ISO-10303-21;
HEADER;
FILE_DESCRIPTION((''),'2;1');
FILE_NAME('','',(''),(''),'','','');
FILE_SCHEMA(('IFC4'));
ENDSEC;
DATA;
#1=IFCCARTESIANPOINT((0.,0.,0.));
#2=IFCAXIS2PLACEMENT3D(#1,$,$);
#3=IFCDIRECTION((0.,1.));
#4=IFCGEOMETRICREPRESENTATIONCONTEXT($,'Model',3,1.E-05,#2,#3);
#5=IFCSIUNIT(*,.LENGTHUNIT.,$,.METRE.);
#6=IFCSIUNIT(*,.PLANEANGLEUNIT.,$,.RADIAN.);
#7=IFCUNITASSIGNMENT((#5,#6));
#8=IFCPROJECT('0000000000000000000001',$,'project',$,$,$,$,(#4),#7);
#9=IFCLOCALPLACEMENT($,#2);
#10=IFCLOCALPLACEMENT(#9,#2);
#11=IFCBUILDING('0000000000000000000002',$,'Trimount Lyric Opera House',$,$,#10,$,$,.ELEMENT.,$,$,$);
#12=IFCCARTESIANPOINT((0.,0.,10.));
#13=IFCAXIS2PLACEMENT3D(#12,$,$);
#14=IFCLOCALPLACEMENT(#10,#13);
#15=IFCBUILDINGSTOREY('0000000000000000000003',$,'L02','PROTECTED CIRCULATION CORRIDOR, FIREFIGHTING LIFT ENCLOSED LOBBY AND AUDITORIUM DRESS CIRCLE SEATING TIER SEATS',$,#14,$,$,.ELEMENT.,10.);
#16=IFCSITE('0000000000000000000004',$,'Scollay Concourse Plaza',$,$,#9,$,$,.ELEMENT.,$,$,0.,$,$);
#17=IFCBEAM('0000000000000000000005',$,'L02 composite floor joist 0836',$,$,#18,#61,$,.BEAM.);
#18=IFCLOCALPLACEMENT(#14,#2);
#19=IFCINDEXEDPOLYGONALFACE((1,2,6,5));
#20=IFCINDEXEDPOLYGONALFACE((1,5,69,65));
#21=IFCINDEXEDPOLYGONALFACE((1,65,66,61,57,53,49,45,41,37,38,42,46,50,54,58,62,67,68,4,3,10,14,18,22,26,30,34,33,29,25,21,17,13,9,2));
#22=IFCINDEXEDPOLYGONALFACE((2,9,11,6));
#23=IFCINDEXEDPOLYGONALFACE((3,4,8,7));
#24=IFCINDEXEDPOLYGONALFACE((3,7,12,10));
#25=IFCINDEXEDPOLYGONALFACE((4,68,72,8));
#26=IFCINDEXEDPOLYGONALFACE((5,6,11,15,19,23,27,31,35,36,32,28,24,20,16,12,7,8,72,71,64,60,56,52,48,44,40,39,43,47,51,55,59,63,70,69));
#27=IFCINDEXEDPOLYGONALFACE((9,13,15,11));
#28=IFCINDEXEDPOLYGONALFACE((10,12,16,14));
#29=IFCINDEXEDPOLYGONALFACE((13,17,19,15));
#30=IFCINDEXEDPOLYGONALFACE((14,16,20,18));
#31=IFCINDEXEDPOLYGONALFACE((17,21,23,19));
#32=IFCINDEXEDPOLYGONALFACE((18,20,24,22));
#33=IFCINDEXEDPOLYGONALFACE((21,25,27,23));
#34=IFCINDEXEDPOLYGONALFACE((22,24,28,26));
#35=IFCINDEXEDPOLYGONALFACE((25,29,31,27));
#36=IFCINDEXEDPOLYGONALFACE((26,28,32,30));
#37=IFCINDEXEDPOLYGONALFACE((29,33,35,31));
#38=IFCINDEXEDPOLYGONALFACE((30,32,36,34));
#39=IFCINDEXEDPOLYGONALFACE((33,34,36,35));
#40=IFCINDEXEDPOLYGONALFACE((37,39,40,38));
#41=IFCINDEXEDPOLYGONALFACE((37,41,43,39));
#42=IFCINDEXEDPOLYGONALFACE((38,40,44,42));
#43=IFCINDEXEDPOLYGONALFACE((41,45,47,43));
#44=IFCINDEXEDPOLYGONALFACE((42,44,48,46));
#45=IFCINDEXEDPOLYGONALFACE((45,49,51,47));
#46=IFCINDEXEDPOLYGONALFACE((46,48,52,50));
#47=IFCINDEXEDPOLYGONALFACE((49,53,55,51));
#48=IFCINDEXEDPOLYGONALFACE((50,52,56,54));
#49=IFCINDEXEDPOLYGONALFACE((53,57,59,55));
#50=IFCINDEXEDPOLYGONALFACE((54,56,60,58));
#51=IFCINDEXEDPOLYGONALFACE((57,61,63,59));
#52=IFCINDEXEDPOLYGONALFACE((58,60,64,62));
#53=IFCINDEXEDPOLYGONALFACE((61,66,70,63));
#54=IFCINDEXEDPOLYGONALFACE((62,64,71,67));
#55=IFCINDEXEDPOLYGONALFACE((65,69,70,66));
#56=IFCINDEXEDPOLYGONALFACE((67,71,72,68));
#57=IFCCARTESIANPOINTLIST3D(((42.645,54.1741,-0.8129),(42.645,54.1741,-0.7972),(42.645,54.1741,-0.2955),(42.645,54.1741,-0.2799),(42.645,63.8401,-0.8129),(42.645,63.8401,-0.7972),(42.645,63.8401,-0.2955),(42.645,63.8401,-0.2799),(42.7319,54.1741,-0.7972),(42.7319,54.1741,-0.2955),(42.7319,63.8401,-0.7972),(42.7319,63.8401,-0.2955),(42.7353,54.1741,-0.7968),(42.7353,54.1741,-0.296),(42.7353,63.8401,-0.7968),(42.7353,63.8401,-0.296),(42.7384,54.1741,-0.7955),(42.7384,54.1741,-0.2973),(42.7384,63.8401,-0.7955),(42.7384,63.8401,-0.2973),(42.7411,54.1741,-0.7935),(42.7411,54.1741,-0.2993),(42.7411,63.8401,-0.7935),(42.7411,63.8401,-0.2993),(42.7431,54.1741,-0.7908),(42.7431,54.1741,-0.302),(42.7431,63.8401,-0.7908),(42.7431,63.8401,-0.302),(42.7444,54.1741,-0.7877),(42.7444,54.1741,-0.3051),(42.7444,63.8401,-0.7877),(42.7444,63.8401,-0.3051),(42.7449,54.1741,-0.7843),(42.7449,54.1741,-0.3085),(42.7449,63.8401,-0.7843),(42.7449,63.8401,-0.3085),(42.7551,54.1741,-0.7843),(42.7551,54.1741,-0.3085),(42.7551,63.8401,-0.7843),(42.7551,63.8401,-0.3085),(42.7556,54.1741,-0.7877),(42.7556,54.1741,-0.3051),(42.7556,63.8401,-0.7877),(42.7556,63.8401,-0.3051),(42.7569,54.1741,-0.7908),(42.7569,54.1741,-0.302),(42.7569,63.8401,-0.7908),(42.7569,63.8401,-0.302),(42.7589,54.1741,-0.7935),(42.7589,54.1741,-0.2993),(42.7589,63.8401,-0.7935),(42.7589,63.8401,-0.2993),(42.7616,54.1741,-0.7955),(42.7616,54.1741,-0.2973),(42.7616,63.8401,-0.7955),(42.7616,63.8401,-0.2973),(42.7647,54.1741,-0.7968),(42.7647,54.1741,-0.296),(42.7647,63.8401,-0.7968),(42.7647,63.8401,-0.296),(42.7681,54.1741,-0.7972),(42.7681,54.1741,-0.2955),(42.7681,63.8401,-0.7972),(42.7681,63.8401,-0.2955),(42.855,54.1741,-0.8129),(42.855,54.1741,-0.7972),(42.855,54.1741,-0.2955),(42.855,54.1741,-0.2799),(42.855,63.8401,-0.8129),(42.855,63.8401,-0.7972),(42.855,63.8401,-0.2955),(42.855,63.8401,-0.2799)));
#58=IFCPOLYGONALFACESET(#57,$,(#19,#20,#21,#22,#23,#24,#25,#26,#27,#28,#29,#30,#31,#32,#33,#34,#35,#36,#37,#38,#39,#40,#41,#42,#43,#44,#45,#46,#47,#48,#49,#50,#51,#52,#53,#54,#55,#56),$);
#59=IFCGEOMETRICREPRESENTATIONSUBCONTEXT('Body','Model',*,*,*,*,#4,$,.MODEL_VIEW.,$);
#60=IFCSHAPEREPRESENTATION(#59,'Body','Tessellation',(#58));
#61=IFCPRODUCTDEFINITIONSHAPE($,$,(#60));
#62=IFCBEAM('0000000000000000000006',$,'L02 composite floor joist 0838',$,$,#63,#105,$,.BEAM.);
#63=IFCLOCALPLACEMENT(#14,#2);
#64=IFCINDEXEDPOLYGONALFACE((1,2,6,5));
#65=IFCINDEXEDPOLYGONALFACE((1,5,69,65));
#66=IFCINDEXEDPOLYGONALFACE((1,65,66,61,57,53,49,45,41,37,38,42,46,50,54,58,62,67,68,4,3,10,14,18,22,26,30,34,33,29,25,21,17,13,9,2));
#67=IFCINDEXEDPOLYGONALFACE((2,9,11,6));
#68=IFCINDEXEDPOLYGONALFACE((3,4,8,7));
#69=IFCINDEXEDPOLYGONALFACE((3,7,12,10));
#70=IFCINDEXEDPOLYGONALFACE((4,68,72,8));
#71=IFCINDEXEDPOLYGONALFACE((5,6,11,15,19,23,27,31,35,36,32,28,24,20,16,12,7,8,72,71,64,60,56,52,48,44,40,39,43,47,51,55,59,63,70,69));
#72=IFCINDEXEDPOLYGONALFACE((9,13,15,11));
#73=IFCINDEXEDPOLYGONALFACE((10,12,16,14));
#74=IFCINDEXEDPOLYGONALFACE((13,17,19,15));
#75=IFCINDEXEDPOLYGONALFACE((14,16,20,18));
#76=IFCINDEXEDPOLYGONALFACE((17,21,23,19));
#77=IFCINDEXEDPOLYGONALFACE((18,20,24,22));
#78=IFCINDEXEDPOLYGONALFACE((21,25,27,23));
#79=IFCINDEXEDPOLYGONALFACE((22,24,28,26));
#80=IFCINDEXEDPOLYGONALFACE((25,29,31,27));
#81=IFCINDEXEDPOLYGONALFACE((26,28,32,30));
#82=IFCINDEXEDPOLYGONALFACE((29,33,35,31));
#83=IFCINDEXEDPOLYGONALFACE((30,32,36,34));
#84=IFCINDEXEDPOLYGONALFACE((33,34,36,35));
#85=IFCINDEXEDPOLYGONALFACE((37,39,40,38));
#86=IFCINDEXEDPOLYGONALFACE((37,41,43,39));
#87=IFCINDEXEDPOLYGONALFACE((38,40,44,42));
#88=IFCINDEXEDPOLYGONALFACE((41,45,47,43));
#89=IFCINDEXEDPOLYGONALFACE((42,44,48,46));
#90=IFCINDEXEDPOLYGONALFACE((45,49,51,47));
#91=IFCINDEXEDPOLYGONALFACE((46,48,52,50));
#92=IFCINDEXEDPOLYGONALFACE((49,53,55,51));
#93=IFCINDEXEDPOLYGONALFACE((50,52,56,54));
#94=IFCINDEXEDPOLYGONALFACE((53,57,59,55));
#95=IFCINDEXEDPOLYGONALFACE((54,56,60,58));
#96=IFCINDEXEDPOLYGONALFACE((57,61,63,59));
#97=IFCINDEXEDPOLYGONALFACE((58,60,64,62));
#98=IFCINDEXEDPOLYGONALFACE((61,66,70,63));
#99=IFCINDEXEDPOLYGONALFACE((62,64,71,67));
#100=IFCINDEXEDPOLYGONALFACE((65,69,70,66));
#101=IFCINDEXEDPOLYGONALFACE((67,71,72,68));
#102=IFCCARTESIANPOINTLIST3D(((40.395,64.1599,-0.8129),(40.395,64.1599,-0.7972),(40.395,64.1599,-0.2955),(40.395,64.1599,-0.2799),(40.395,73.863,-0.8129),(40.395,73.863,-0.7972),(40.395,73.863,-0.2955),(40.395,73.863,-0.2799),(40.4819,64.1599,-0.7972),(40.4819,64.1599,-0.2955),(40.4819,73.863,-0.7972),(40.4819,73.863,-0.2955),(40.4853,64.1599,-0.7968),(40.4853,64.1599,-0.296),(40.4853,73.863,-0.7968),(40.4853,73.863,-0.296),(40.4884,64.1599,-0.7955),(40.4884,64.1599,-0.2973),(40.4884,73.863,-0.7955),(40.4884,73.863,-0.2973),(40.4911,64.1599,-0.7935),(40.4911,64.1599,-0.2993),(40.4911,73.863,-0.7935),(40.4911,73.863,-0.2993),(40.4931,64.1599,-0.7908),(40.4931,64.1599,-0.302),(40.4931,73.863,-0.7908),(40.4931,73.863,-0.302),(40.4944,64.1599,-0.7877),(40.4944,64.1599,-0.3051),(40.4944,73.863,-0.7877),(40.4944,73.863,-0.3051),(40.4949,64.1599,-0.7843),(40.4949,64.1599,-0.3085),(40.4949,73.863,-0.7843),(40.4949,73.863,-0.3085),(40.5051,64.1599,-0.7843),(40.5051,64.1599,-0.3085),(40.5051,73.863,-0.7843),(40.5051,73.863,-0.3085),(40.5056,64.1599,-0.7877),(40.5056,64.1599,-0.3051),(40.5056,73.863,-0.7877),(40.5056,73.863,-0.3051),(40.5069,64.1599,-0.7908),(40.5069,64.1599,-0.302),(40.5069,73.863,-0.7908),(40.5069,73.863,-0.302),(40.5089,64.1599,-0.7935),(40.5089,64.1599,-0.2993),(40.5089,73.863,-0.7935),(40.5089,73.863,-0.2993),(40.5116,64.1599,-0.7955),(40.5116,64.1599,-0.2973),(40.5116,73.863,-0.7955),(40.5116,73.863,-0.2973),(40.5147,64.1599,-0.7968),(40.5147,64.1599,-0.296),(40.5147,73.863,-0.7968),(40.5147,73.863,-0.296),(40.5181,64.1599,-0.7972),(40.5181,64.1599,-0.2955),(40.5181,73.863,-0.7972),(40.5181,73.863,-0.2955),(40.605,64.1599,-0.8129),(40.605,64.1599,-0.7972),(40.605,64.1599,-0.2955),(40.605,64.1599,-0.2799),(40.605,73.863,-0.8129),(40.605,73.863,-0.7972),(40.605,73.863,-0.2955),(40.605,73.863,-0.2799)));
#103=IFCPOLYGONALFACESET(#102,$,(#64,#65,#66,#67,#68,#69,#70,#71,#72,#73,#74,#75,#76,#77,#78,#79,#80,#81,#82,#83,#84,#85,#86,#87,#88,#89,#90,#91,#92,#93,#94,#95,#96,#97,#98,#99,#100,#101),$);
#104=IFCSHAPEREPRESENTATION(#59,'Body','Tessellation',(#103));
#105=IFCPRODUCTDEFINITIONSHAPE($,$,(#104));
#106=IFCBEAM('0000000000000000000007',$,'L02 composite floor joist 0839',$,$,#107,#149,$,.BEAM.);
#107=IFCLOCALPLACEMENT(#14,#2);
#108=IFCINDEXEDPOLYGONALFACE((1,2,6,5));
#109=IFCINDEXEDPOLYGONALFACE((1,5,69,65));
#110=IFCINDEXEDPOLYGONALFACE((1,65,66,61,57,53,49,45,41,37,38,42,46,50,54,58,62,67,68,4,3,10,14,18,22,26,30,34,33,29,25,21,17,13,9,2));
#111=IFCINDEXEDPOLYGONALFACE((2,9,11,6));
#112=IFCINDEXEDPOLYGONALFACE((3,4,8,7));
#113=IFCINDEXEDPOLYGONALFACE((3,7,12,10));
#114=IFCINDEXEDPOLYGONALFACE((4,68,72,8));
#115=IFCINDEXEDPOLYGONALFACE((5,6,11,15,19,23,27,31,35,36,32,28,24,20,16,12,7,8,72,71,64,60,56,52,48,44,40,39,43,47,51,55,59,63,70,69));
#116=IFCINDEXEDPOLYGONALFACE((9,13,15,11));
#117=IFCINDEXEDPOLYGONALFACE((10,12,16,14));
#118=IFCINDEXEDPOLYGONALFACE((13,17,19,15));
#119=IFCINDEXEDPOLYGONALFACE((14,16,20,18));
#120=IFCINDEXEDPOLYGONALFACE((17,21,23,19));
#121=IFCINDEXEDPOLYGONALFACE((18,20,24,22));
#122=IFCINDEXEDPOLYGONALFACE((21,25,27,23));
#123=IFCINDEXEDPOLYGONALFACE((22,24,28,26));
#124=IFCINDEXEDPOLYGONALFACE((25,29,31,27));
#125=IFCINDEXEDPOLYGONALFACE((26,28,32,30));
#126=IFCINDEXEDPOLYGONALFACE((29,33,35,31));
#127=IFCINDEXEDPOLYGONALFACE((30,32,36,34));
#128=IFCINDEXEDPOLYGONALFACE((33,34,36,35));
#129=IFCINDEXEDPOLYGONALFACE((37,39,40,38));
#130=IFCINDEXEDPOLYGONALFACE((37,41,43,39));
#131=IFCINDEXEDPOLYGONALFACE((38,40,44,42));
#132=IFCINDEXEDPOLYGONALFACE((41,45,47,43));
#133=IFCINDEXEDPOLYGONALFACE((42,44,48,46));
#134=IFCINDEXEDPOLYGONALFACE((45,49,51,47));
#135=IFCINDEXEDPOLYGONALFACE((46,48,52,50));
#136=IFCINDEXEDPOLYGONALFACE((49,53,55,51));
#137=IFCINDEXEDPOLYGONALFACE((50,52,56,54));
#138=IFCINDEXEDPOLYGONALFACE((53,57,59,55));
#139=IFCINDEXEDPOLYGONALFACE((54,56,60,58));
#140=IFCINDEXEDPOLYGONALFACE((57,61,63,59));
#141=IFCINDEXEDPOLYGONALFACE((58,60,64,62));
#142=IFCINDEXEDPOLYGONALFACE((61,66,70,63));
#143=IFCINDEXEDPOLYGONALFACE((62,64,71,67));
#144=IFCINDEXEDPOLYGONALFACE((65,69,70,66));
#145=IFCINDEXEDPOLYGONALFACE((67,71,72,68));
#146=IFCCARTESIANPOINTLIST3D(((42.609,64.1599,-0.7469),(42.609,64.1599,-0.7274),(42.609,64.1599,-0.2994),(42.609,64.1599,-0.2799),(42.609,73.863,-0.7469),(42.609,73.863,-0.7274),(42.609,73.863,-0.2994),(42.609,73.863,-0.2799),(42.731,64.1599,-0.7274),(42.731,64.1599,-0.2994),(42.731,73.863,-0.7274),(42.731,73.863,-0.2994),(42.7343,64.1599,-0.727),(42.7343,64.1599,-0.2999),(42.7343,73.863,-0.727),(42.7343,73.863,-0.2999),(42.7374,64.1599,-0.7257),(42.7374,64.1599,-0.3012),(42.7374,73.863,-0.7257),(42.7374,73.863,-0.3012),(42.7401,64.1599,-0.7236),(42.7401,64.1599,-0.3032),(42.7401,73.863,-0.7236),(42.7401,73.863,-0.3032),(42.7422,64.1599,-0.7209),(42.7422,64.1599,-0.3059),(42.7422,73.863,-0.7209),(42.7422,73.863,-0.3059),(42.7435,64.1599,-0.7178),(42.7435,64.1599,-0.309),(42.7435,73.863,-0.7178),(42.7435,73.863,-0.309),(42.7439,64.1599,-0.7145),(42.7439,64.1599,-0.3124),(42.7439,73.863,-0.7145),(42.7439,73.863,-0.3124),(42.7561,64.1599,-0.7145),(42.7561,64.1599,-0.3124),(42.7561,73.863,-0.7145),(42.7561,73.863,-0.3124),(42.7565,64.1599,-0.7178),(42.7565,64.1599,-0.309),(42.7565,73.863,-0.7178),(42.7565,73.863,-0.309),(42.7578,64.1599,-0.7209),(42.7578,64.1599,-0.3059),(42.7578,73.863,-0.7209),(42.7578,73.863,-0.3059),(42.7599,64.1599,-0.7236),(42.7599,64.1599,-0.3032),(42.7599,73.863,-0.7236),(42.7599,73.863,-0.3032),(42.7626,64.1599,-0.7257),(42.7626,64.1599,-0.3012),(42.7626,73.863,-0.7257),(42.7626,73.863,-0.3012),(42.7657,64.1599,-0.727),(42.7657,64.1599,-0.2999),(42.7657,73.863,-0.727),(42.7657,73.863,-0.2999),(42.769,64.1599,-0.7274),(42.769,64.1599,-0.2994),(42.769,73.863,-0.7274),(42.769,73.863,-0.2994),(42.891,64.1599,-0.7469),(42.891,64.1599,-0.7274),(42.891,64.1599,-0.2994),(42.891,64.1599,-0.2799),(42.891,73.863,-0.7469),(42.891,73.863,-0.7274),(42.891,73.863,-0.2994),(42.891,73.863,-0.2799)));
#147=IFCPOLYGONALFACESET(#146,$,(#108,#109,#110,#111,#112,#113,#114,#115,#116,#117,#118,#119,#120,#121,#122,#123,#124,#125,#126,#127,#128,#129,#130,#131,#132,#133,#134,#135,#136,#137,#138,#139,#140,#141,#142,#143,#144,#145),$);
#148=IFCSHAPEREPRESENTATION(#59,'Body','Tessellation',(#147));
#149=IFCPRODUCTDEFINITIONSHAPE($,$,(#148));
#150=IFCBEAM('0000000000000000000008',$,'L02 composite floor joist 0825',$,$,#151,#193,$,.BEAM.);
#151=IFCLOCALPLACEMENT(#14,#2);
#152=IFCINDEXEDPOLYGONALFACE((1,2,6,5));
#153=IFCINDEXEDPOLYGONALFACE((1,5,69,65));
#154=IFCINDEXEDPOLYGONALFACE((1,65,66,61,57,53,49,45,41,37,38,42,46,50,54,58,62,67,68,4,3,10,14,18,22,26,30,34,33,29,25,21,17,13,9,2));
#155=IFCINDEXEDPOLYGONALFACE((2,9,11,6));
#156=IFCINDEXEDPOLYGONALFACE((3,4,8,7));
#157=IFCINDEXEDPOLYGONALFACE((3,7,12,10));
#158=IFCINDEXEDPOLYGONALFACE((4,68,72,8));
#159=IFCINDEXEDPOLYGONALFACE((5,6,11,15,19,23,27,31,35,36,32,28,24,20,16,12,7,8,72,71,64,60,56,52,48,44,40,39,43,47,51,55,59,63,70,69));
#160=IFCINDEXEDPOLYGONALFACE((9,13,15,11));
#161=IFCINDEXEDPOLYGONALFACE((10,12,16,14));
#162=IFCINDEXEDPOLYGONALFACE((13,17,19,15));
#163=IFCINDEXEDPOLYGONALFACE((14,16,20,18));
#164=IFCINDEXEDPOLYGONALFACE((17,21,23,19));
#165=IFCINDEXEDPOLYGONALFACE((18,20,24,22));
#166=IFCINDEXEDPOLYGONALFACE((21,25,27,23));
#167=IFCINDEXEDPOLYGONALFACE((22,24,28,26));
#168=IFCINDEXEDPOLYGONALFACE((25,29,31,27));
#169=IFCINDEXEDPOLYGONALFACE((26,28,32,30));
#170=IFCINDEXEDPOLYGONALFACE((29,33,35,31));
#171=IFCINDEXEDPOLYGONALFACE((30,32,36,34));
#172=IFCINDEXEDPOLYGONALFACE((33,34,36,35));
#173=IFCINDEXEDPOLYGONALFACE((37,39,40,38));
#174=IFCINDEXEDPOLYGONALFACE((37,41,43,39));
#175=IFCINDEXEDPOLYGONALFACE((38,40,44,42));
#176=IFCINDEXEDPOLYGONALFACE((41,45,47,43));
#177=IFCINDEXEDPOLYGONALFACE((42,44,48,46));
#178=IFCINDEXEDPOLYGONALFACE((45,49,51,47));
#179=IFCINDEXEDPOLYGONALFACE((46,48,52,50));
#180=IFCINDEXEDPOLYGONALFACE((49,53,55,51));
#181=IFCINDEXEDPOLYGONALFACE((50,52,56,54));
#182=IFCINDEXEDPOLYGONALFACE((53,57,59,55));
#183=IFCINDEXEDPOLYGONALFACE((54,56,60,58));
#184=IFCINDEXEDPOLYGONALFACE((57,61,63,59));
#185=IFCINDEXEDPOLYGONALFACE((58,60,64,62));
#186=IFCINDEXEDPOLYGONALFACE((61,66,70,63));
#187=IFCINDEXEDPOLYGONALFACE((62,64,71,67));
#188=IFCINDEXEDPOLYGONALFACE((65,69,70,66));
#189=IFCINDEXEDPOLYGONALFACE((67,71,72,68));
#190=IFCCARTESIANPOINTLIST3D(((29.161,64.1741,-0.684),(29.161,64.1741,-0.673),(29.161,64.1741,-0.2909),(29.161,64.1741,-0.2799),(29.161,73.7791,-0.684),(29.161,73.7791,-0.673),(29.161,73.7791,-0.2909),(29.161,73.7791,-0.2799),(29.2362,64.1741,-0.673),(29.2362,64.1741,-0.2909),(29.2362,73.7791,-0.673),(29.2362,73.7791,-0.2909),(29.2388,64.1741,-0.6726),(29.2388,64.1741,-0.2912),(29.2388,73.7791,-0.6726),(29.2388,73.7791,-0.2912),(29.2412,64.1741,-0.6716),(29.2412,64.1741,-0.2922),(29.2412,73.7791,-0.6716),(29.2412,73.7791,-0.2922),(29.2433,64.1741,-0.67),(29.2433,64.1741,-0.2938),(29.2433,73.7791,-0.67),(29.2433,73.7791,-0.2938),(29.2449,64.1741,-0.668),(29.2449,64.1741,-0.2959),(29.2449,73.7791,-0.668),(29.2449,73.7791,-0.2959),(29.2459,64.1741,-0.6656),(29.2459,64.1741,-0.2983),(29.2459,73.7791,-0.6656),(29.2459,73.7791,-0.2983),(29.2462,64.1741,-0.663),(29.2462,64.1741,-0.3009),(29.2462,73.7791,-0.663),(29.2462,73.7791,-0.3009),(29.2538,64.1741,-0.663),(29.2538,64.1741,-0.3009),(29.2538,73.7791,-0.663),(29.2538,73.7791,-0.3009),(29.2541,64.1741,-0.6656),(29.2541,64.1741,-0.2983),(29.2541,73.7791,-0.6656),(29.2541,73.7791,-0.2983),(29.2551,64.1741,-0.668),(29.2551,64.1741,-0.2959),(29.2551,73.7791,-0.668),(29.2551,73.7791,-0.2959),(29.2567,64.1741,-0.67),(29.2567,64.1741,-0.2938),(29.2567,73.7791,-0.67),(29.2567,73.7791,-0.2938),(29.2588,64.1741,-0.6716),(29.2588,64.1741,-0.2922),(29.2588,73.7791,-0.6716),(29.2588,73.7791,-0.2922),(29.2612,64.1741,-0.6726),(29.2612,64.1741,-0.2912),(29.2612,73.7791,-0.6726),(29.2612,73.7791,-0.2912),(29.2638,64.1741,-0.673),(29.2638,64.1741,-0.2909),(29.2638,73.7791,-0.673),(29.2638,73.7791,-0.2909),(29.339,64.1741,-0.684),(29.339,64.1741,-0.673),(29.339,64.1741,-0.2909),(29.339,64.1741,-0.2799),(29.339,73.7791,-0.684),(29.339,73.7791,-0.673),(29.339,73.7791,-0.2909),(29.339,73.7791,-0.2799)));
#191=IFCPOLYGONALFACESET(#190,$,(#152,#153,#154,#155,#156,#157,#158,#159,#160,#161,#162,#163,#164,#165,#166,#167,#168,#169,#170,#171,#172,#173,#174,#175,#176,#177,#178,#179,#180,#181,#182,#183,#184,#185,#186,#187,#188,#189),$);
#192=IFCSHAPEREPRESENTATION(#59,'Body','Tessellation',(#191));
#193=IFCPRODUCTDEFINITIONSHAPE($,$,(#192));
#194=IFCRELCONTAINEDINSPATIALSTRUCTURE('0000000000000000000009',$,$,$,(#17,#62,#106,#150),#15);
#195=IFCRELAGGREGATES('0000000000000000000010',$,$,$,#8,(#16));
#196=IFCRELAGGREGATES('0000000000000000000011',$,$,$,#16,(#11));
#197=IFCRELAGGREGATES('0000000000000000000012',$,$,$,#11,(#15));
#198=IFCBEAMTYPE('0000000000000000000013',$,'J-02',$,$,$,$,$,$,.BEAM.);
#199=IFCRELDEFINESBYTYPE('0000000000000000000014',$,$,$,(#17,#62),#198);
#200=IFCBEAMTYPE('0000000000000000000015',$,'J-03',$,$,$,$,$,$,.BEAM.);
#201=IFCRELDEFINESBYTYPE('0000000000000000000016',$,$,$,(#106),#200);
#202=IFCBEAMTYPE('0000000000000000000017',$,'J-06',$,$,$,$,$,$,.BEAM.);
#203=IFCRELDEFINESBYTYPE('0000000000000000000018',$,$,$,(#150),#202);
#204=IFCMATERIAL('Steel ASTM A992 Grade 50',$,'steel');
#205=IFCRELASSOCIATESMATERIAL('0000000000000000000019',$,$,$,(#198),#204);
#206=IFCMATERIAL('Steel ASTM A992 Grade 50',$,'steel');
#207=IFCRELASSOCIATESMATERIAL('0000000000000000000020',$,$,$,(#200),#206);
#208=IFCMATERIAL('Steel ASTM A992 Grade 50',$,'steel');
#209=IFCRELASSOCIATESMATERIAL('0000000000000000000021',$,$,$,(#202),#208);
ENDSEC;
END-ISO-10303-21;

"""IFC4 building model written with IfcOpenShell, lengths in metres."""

from ifc_helpers import new_model, si_unit, direction, frame, origin, origin_2d, place, context, subcontext, project, spatial, i_section, extrude, material, material_profile, profile_set, type_object, element, save


model = new_model("IFC4")

# Units and contexts
model_context = context("Model", 3, precision=1e-05, world=origin(), true_north=direction((0.0, 1.0)))
body_context = subcontext(model_context, "Body", "Model", "MODEL_VIEW")
ifc_project = project(units=[si_unit("LENGTHUNIT", "METRE"), si_unit("PLANEANGLEUNIT", "RADIAN")], contexts=[model_context])

# Site, building, storey
site_placement = place(None, origin())
site = spatial("IfcSite", under=ifc_project, at=site_placement, Name="Scollay Concourse Plaza", CompositionType="ELEMENT", RefElevation=0.0)
building_placement = place(site_placement, origin())
building = spatial("IfcBuilding", under=site, at=building_placement, Name="Trimount Lyric Opera House", CompositionType="ELEMENT")
storey_placement = place(building_placement, frame((0.0, 0.0, 10.0)))
storey = spatial("IfcBuildingStorey", under=building, at=storey_placement, Name="L02", Description="PROTECTED CIRCULATION CORRIDOR, FIREFIGHTING LIFT ENCLOSED LOBBY AND AUDITORIUM DRESS CIRCLE SEATING TIER SEATS", CompositionType="ELEMENT", Elevation=10.0)

# Beams
ifc_material_1 = material(Name="Steel ASTM A992 Grade 50", Category="steel")
ifc_material_profile_1 = material_profile(ifc_material_1, i_section(OverallWidth=0.21, OverallDepth=0.533, WebThickness=0.0103, FlangeThickness=0.0156, FilletRadius=0.0129, at=origin_2d()), Name="W21X62")
ifc_profile_set_1 = profile_set([ifc_material_profile_1], Name="Steel ASTM A992 Grade 50")
beam_type_1 = type_object("IfcBeamType", Name="J-02", PredefinedType="BEAM", material=ifc_profile_set_1)
beam_1_placement = place(storey_placement, frame((42.75, 54.1741, -0.5464), z_axis=(0.0, 1.0, 0.0), x_axis=(-1.0, 0.0, 0.0)))
element("IfcBeam", 1, at=beam_1_placement, inside=storey, type_object=beam_type_1, Name="L02 composite floor joist 0836", PredefinedType="BEAM", context=body_context, shape_type="SweptSolid", body=[
    extrude(i_section(OverallWidth=0.21, OverallDepth=0.533, WebThickness=0.0103, FlangeThickness=0.0156, FilletRadius=0.0129, at=origin_2d()), origin(), (0.0, 0.0, 1.0), 9.666),
])
beam_2_placement = place(storey_placement, frame((40.5, 64.1599, -0.5464), z_axis=(0.0, 1.0, 0.0), x_axis=(-1.0, 0.0, 0.0)))
element("IfcBeam", 2, at=beam_2_placement, inside=storey, type_object=beam_type_1, Name="L02 composite floor joist 0838", PredefinedType="BEAM", context=body_context, shape_type="SweptSolid", body=[
    extrude(i_section(OverallWidth=0.21, OverallDepth=0.533, WebThickness=0.0103, FlangeThickness=0.0156, FilletRadius=0.0129, at=origin_2d()), origin(), (0.0, 0.0, 1.0), 9.7031),
])
ifc_material_2 = material(Name="Steel ASTM A992 Grade 50", Category="steel")
ifc_material_profile_2 = material_profile(ifc_material_2, i_section(OverallWidth=0.282, OverallDepth=0.467, WebThickness=0.0122, FlangeThickness=0.0195, FilletRadius=0.0129, at=origin_2d()), Name="W18X86")
ifc_profile_set_2 = profile_set([ifc_material_profile_2], Name="Steel ASTM A992 Grade 50")
beam_type_2 = type_object("IfcBeamType", Name="J-03", PredefinedType="BEAM", material=ifc_profile_set_2)
beam_3_placement = place(storey_placement, frame((42.75, 64.1599, -0.5134), z_axis=(0.0, 1.0, 0.0), x_axis=(-1.0, 0.0, 0.0)))
element("IfcBeam", 3, at=beam_3_placement, inside=storey, type_object=beam_type_2, Name="L02 composite floor joist 0839", PredefinedType="BEAM", context=body_context, shape_type="SweptSolid", body=[
    extrude(i_section(OverallWidth=0.282, OverallDepth=0.467, WebThickness=0.0122, FlangeThickness=0.0195, FilletRadius=0.0129, at=origin_2d()), origin(), (0.0, 0.0, 1.0), 9.7031),
])
ifc_material_3 = material(Name="Steel ASTM A992 Grade 50", Category="steel")
ifc_material_profile_3 = material_profile(ifc_material_3, i_section(OverallWidth=0.178, OverallDepth=0.4041, WebThickness=0.0076, FlangeThickness=0.011, FilletRadius=0.01, at=origin_2d()), Name="W16X36")
ifc_profile_set_3 = profile_set([ifc_material_profile_3], Name="Steel ASTM A992 Grade 50")
beam_type_3 = type_object("IfcBeamType", Name="J-06", PredefinedType="BEAM", material=ifc_profile_set_3)
beam_4_placement = place(storey_placement, frame((29.25, 64.1741, -0.4819), z_axis=(0.0, 1.0, 0.0), x_axis=(-1.0, 0.0, 0.0)))
element("IfcBeam", 4, at=beam_4_placement, inside=storey, type_object=beam_type_3, Name="L02 composite floor joist 0825", PredefinedType="BEAM", context=body_context, shape_type="SweptSolid", body=[
    extrude(i_section(OverallWidth=0.178, OverallDepth=0.4041, WebThickness=0.0076, FlangeThickness=0.011, FilletRadius=0.01, at=origin_2d()), origin(), (0.0, 0.0, 1.0), 9.605),
])

save(model, "model.ifc")
